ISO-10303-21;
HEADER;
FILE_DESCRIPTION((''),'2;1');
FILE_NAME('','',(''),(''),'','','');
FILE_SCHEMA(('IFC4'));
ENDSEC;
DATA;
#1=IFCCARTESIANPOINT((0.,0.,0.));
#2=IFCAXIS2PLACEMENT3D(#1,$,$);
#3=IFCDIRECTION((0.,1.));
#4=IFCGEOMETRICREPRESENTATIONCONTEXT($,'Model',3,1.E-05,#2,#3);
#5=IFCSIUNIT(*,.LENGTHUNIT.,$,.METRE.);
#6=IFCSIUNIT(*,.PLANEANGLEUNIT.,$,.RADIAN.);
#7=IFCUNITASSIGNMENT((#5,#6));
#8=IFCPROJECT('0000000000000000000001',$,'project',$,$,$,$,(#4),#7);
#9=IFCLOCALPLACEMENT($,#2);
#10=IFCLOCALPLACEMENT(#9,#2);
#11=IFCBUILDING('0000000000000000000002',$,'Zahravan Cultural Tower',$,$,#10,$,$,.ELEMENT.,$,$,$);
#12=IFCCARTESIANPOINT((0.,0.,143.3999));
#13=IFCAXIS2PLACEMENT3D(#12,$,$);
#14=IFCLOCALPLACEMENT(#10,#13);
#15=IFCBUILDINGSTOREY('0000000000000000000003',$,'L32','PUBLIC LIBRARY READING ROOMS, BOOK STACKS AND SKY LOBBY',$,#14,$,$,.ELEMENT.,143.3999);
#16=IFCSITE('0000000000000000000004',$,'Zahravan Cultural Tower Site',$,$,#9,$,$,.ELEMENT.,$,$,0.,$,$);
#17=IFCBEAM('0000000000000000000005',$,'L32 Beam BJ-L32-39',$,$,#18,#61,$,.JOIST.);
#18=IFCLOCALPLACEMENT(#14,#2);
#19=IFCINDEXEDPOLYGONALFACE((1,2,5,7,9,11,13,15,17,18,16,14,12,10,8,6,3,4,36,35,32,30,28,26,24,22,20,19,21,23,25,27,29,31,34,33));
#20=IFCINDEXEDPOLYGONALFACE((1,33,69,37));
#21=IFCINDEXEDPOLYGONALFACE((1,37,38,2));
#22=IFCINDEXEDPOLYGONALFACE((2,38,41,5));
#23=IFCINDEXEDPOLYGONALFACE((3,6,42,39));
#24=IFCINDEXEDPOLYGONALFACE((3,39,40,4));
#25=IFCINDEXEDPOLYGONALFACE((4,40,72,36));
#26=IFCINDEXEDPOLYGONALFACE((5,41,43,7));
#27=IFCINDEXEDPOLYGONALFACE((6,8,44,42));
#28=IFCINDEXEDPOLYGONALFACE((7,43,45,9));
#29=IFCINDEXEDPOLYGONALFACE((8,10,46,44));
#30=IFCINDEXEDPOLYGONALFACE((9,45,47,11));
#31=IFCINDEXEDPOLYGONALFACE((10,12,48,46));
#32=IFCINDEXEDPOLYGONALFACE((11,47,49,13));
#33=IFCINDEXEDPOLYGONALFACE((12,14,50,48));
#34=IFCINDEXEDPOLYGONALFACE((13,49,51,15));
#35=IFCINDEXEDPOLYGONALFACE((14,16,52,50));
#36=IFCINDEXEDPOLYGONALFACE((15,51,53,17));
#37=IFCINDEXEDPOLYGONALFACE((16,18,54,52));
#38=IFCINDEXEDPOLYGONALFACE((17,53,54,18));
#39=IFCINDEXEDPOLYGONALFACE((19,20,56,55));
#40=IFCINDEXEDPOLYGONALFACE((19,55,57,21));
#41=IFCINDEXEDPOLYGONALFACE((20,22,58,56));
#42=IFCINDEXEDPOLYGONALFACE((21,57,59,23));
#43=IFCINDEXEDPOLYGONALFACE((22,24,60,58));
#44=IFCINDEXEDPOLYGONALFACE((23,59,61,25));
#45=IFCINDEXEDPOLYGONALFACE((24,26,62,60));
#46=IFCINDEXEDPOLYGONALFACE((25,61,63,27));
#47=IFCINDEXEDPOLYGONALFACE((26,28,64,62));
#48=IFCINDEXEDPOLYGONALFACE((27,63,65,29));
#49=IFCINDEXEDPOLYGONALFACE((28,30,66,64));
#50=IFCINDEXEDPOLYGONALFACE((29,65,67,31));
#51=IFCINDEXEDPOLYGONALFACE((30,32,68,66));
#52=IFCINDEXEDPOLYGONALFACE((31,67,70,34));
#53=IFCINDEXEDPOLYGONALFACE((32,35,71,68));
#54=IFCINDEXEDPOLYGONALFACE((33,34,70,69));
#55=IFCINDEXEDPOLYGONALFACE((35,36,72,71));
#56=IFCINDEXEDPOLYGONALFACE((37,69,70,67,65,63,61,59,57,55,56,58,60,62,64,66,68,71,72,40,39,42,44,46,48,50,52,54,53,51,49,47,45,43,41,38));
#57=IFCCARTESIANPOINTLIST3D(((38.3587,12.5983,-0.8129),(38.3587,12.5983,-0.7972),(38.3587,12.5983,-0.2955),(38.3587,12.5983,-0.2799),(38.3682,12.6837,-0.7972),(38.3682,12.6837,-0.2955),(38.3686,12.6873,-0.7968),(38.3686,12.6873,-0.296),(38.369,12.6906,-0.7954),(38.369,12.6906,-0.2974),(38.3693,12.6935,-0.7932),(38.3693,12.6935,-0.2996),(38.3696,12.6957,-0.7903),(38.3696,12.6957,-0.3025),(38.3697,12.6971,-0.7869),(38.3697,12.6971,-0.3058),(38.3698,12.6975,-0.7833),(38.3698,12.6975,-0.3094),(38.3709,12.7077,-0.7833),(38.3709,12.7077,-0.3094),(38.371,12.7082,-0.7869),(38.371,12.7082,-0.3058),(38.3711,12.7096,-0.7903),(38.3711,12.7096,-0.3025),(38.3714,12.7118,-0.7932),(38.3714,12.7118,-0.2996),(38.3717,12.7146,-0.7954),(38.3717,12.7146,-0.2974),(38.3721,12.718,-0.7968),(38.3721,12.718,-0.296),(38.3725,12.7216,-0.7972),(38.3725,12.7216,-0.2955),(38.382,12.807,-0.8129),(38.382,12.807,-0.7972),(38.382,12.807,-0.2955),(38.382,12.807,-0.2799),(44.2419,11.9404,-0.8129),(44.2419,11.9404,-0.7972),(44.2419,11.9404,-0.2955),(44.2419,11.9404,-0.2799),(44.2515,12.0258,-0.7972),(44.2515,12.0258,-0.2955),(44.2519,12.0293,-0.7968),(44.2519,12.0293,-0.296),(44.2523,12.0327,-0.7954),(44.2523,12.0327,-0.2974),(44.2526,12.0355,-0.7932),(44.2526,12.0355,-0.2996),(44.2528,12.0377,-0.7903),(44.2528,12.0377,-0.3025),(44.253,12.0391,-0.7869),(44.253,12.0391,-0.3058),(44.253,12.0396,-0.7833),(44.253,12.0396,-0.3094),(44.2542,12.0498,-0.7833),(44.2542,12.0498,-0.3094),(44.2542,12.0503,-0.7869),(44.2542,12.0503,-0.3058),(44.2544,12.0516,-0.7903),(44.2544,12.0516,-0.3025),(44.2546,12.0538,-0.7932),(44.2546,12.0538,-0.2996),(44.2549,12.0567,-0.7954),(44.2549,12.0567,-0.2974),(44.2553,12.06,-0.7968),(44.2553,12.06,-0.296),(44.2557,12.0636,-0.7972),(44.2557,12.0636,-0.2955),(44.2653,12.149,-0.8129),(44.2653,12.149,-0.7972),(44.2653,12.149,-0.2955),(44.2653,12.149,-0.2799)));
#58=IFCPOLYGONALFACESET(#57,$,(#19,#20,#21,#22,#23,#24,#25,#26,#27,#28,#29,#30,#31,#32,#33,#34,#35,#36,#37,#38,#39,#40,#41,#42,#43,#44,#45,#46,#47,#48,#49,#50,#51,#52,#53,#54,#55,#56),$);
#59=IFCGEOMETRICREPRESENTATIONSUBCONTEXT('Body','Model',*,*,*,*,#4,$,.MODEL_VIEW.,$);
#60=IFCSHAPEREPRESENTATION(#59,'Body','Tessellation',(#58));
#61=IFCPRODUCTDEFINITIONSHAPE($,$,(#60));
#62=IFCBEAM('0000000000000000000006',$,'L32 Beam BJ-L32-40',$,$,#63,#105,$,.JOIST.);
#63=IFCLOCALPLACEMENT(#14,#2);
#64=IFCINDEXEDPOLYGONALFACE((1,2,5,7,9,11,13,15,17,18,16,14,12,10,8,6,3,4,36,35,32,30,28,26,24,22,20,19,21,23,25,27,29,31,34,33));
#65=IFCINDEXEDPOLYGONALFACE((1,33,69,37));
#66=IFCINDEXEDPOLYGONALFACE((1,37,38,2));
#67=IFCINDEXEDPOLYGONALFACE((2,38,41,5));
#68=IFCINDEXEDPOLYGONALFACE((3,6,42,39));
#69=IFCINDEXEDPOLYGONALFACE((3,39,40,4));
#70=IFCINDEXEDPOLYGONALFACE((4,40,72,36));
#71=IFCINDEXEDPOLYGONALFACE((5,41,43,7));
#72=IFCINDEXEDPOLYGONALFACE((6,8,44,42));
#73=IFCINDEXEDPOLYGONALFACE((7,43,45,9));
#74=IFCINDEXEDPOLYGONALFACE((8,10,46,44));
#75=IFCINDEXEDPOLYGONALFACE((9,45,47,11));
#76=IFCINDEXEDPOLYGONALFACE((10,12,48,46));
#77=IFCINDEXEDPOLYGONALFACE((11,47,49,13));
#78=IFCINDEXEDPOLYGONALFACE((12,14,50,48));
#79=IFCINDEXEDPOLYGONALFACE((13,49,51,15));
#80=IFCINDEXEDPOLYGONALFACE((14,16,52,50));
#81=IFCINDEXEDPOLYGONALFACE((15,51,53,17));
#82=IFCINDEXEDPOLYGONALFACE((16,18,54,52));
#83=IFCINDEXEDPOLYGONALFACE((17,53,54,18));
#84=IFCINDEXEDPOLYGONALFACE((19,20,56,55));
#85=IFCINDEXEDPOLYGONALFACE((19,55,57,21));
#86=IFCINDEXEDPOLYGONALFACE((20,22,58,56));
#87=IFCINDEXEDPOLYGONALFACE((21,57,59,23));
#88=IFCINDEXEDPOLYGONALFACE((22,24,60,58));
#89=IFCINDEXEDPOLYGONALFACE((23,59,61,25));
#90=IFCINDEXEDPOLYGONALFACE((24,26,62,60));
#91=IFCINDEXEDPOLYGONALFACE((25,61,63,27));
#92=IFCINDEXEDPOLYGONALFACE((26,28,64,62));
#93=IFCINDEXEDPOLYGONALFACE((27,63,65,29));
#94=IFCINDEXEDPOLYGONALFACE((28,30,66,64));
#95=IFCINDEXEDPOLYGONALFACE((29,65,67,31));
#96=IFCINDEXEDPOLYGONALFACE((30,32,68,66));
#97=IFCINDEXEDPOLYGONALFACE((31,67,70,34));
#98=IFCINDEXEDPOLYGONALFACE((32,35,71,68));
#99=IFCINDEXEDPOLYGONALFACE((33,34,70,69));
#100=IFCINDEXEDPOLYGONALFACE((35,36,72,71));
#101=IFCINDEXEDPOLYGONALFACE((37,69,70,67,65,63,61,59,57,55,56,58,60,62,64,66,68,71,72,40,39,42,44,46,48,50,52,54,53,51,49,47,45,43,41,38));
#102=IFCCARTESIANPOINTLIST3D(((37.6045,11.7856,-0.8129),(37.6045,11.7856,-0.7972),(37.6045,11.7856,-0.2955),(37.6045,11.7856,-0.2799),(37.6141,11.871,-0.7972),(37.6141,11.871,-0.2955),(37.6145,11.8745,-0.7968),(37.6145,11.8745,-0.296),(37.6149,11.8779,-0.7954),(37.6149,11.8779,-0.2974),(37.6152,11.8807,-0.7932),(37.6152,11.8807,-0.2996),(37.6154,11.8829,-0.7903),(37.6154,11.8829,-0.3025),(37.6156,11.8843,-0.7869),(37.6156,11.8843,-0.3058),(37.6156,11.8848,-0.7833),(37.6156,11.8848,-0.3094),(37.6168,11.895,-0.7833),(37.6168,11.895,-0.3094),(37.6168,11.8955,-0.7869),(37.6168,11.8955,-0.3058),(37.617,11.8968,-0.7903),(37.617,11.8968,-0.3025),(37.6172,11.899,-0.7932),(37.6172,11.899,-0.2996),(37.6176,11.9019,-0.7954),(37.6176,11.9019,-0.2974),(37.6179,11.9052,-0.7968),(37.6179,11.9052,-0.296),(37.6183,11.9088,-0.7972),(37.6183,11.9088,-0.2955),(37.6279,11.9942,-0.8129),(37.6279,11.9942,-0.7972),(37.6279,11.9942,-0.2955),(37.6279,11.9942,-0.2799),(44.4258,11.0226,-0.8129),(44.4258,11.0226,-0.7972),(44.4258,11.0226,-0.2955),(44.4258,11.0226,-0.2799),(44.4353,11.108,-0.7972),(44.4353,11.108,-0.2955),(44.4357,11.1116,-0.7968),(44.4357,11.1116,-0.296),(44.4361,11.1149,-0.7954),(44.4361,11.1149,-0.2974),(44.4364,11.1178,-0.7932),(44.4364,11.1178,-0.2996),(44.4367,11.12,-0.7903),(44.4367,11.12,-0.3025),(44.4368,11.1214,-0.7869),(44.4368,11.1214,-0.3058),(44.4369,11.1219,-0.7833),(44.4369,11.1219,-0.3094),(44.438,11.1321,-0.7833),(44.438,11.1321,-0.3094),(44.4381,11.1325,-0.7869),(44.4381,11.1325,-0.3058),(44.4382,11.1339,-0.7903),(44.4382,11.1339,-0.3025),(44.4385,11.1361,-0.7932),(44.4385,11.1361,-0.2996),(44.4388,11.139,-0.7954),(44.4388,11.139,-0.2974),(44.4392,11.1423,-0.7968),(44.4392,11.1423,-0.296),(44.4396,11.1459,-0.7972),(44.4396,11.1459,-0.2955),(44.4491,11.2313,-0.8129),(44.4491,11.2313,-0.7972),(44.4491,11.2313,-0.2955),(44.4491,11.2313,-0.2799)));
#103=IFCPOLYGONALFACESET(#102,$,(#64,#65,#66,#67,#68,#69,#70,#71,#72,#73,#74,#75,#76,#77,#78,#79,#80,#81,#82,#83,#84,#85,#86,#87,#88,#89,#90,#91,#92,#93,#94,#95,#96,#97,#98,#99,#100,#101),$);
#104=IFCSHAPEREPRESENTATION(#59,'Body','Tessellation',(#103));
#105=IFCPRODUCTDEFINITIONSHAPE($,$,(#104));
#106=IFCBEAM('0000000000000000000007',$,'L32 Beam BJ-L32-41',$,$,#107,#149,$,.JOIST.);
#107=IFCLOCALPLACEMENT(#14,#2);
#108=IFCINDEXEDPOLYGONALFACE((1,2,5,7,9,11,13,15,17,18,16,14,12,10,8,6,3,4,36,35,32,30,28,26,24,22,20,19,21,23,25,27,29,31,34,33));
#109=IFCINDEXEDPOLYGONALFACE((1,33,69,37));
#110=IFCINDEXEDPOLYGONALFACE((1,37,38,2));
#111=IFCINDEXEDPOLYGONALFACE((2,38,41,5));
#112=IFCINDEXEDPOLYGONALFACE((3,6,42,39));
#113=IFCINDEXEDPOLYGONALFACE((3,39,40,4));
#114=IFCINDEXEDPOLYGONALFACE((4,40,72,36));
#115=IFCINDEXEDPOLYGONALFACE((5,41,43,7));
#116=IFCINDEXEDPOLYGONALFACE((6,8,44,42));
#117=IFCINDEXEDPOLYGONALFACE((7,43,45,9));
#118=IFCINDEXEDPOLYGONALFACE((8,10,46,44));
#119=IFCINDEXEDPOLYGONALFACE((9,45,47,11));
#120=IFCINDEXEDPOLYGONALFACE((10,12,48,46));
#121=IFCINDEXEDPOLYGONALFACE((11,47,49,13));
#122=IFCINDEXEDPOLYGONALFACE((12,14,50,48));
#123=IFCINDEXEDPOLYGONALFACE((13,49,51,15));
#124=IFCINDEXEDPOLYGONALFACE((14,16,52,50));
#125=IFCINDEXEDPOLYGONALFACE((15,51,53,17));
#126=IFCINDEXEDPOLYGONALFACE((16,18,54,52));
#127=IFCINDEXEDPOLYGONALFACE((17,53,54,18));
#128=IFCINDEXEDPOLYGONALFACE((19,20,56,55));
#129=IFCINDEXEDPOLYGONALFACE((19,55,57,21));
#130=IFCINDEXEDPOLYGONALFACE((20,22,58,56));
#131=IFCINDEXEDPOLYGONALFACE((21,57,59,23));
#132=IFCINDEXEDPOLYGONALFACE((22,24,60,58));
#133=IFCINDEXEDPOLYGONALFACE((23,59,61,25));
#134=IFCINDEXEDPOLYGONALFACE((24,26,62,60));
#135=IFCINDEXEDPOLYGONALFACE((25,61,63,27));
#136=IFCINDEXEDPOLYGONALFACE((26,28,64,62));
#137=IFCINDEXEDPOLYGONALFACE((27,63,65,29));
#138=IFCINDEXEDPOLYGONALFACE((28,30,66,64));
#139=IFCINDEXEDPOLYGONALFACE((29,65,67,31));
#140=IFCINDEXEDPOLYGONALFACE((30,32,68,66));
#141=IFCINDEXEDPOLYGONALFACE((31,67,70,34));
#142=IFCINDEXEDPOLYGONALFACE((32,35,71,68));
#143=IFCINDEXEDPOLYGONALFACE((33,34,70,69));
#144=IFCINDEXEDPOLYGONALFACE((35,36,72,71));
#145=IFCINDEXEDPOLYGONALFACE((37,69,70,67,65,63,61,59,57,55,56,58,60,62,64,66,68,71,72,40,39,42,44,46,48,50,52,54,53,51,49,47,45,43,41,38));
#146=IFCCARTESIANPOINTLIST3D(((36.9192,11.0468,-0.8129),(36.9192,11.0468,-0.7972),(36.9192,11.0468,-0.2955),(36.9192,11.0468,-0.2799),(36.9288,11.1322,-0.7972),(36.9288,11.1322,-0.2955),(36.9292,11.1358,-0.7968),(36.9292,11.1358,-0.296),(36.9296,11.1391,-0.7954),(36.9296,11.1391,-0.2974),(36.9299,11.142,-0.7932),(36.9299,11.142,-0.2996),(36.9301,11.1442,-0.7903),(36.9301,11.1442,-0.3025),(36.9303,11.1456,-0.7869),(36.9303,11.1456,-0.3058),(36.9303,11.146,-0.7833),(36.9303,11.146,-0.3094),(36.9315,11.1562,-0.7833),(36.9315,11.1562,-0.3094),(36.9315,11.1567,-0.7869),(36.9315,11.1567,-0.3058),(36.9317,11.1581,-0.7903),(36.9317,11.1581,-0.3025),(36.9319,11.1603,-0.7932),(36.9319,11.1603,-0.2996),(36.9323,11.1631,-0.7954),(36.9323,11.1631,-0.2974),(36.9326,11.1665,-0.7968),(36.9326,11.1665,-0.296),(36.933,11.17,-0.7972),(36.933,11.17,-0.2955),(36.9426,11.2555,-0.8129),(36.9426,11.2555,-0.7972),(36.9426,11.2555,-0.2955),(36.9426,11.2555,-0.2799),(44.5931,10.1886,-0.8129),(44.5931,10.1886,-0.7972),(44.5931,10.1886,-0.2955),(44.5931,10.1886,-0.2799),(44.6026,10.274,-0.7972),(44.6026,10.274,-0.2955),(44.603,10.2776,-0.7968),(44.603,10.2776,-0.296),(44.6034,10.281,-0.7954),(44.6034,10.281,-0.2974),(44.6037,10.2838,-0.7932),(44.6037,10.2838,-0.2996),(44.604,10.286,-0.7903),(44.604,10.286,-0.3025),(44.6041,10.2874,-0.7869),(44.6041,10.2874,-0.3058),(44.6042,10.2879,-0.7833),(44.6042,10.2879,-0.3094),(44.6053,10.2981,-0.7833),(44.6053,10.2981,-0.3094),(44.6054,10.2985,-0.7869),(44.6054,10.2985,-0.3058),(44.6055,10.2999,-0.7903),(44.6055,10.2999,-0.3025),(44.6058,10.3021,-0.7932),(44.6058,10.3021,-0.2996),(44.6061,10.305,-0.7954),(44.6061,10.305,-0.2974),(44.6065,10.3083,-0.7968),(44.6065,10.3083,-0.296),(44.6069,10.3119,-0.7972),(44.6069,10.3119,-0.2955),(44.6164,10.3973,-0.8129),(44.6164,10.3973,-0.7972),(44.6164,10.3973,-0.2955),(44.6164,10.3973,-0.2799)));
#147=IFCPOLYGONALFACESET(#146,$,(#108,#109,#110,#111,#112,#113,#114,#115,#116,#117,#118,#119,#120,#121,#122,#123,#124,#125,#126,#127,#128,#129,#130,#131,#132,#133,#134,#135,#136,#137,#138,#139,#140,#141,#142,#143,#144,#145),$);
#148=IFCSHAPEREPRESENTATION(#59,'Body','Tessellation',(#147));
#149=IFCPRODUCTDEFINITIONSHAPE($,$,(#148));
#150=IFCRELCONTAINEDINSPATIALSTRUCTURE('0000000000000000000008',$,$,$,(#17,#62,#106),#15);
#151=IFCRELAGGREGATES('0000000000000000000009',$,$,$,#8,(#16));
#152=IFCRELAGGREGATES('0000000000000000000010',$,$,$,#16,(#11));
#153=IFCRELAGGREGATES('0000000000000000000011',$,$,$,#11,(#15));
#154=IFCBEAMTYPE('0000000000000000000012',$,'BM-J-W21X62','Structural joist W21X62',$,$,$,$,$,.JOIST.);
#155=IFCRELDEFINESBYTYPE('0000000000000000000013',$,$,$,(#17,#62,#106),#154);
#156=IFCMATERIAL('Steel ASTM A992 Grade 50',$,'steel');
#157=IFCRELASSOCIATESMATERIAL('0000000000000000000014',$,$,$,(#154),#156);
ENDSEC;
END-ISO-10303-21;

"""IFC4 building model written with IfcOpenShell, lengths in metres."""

from ifc_helpers import new_model, si_unit, direction, frame, origin, origin_2d, place, context, subcontext, project, spatial, i_section, extrude, source, transform, mapped, material, material_profile, profile_set, type_object, element, save


model = new_model("IFC4")

# Units and contexts
model_context = context("Model", 3, precision=1e-05, world=origin(), true_north=direction((0.0, 1.0)))
body_context = subcontext(model_context, "Body", "Model", "MODEL_VIEW")
ifc_project = project(units=[si_unit("LENGTHUNIT", "METRE"), si_unit("PLANEANGLEUNIT", "RADIAN")], contexts=[model_context])

# Site, building, storey
site_placement = place(None, origin())
site = spatial("IfcSite", under=ifc_project, at=site_placement, Name="Zahravan Cultural Tower Site", CompositionType="ELEMENT", RefElevation=0.0)
building_placement = place(site_placement, origin())
building = spatial("IfcBuilding", under=site, at=building_placement, Name="Zahravan Cultural Tower", CompositionType="ELEMENT")
storey_placement = place(building_placement, frame((0.0, 0.0, 143.3999)))
storey = spatial("IfcBuildingStorey", under=building, at=storey_placement, Name="L32", Description="PUBLIC LIBRARY READING ROOMS, BOOK STACKS AND SKY LOBBY", CompositionType="ELEMENT", Elevation=143.3999)

# Shared definitions
ifc_material_1 = material(Name="Steel ASTM A992 Grade 50", Category="steel")

# Beams
ifc_material_profile_1 = material_profile(ifc_material_1, i_section(OverallWidth=0.21, OverallDepth=0.533, WebThickness=0.0103, FlangeThickness=0.0156, FilletRadius=0.0139, at=origin_2d()), Name="W21X62")
ifc_profile_set_1 = profile_set([ifc_material_profile_1], Name="Steel ASTM A992 Grade 50")
beam_type_1 = type_object("IfcBeamType", Name="BM-J-W21X62", Description="Structural joist W21X62", PredefinedType="JOIST", material=ifc_profile_set_1)
shared_shape_1 = source(origin(), body_context, "Body", "SweptSolid", [
    extrude(i_section(OverallWidth=0.21, OverallDepth=0.533, WebThickness=0.0103, FlangeThickness=0.0156, FilletRadius=0.0139, at=origin_2d()), origin(), (0.0, 0.0, 1.0), 5.9199),
])
beam_1_placement = place(storey_placement, frame((38.3704, 12.7026, -0.5464), z_axis=(0.993805, -0.111142, 0.0), x_axis=(0.111142, 0.993805, 0.0)))
element("IfcBeam", 1, at=beam_1_placement, inside=storey, type_object=beam_type_1, Name="L32 Beam BJ-L32-39", PredefinedType="JOIST", context=body_context, shape_type="MappedRepresentation", body=[
    mapped(shared_shape_1, transform((0.0, 0.0, 0.0), x_axis=(1.0, 0.0, 0.0), y_axis=(0.0, 1.0, 0.0), z_axis=(0.0, 0.0, 1.0), scale=1.0)),
])
shared_shape_2 = source(origin(), body_context, "Body", "SweptSolid", [
    extrude(i_section(OverallWidth=0.21, OverallDepth=0.533, WebThickness=0.0103, FlangeThickness=0.0156, FilletRadius=0.0139, at=origin_2d()), origin(), (0.0, 0.0, 1.0), 6.8638),
])
beam_2_placement = place(storey_placement, frame((37.6162, 11.8899, -0.5464), z_axis=(0.993803, -0.111154, 0.0), x_axis=(0.111154, 0.993803, 0.0)))
element("IfcBeam", 2, at=beam_2_placement, inside=storey, type_object=beam_type_1, Name="L32 Beam BJ-L32-40", PredefinedType="JOIST", context=body_context, shape_type="MappedRepresentation", body=[
    mapped(shared_shape_2, transform((0.0, 0.0, 0.0), x_axis=(1.0, 0.0, 0.0), y_axis=(0.0, 1.0, 0.0), z_axis=(0.0, 0.0, 1.0), scale=1.0)),
])
shared_shape_3 = source(origin(), body_context, "Body", "SweptSolid", [
    extrude(i_section(OverallWidth=0.21, OverallDepth=0.533, WebThickness=0.0103, FlangeThickness=0.0156, FilletRadius=0.0139, at=origin_2d()), origin(), (0.0, 0.0, 1.0), 7.7217),
])
beam_3_placement = place(storey_placement, frame((36.9309, 11.1511, -0.5464), z_axis=(0.993805, -0.111136, 0.0), x_axis=(0.111136, 0.993805, 0.0)))
element("IfcBeam", 3, at=beam_3_placement, inside=storey, type_object=beam_type_1, Name="L32 Beam BJ-L32-41", PredefinedType="JOIST", context=body_context, shape_type="MappedRepresentation", body=[
    mapped(shared_shape_3, transform((0.0, 0.0, 0.0), x_axis=(1.0, 0.0, 0.0), y_axis=(0.0, 1.0, 0.0), z_axis=(0.0, 0.0, 1.0), scale=1.0)),
])

save(model, "model.ifc")
